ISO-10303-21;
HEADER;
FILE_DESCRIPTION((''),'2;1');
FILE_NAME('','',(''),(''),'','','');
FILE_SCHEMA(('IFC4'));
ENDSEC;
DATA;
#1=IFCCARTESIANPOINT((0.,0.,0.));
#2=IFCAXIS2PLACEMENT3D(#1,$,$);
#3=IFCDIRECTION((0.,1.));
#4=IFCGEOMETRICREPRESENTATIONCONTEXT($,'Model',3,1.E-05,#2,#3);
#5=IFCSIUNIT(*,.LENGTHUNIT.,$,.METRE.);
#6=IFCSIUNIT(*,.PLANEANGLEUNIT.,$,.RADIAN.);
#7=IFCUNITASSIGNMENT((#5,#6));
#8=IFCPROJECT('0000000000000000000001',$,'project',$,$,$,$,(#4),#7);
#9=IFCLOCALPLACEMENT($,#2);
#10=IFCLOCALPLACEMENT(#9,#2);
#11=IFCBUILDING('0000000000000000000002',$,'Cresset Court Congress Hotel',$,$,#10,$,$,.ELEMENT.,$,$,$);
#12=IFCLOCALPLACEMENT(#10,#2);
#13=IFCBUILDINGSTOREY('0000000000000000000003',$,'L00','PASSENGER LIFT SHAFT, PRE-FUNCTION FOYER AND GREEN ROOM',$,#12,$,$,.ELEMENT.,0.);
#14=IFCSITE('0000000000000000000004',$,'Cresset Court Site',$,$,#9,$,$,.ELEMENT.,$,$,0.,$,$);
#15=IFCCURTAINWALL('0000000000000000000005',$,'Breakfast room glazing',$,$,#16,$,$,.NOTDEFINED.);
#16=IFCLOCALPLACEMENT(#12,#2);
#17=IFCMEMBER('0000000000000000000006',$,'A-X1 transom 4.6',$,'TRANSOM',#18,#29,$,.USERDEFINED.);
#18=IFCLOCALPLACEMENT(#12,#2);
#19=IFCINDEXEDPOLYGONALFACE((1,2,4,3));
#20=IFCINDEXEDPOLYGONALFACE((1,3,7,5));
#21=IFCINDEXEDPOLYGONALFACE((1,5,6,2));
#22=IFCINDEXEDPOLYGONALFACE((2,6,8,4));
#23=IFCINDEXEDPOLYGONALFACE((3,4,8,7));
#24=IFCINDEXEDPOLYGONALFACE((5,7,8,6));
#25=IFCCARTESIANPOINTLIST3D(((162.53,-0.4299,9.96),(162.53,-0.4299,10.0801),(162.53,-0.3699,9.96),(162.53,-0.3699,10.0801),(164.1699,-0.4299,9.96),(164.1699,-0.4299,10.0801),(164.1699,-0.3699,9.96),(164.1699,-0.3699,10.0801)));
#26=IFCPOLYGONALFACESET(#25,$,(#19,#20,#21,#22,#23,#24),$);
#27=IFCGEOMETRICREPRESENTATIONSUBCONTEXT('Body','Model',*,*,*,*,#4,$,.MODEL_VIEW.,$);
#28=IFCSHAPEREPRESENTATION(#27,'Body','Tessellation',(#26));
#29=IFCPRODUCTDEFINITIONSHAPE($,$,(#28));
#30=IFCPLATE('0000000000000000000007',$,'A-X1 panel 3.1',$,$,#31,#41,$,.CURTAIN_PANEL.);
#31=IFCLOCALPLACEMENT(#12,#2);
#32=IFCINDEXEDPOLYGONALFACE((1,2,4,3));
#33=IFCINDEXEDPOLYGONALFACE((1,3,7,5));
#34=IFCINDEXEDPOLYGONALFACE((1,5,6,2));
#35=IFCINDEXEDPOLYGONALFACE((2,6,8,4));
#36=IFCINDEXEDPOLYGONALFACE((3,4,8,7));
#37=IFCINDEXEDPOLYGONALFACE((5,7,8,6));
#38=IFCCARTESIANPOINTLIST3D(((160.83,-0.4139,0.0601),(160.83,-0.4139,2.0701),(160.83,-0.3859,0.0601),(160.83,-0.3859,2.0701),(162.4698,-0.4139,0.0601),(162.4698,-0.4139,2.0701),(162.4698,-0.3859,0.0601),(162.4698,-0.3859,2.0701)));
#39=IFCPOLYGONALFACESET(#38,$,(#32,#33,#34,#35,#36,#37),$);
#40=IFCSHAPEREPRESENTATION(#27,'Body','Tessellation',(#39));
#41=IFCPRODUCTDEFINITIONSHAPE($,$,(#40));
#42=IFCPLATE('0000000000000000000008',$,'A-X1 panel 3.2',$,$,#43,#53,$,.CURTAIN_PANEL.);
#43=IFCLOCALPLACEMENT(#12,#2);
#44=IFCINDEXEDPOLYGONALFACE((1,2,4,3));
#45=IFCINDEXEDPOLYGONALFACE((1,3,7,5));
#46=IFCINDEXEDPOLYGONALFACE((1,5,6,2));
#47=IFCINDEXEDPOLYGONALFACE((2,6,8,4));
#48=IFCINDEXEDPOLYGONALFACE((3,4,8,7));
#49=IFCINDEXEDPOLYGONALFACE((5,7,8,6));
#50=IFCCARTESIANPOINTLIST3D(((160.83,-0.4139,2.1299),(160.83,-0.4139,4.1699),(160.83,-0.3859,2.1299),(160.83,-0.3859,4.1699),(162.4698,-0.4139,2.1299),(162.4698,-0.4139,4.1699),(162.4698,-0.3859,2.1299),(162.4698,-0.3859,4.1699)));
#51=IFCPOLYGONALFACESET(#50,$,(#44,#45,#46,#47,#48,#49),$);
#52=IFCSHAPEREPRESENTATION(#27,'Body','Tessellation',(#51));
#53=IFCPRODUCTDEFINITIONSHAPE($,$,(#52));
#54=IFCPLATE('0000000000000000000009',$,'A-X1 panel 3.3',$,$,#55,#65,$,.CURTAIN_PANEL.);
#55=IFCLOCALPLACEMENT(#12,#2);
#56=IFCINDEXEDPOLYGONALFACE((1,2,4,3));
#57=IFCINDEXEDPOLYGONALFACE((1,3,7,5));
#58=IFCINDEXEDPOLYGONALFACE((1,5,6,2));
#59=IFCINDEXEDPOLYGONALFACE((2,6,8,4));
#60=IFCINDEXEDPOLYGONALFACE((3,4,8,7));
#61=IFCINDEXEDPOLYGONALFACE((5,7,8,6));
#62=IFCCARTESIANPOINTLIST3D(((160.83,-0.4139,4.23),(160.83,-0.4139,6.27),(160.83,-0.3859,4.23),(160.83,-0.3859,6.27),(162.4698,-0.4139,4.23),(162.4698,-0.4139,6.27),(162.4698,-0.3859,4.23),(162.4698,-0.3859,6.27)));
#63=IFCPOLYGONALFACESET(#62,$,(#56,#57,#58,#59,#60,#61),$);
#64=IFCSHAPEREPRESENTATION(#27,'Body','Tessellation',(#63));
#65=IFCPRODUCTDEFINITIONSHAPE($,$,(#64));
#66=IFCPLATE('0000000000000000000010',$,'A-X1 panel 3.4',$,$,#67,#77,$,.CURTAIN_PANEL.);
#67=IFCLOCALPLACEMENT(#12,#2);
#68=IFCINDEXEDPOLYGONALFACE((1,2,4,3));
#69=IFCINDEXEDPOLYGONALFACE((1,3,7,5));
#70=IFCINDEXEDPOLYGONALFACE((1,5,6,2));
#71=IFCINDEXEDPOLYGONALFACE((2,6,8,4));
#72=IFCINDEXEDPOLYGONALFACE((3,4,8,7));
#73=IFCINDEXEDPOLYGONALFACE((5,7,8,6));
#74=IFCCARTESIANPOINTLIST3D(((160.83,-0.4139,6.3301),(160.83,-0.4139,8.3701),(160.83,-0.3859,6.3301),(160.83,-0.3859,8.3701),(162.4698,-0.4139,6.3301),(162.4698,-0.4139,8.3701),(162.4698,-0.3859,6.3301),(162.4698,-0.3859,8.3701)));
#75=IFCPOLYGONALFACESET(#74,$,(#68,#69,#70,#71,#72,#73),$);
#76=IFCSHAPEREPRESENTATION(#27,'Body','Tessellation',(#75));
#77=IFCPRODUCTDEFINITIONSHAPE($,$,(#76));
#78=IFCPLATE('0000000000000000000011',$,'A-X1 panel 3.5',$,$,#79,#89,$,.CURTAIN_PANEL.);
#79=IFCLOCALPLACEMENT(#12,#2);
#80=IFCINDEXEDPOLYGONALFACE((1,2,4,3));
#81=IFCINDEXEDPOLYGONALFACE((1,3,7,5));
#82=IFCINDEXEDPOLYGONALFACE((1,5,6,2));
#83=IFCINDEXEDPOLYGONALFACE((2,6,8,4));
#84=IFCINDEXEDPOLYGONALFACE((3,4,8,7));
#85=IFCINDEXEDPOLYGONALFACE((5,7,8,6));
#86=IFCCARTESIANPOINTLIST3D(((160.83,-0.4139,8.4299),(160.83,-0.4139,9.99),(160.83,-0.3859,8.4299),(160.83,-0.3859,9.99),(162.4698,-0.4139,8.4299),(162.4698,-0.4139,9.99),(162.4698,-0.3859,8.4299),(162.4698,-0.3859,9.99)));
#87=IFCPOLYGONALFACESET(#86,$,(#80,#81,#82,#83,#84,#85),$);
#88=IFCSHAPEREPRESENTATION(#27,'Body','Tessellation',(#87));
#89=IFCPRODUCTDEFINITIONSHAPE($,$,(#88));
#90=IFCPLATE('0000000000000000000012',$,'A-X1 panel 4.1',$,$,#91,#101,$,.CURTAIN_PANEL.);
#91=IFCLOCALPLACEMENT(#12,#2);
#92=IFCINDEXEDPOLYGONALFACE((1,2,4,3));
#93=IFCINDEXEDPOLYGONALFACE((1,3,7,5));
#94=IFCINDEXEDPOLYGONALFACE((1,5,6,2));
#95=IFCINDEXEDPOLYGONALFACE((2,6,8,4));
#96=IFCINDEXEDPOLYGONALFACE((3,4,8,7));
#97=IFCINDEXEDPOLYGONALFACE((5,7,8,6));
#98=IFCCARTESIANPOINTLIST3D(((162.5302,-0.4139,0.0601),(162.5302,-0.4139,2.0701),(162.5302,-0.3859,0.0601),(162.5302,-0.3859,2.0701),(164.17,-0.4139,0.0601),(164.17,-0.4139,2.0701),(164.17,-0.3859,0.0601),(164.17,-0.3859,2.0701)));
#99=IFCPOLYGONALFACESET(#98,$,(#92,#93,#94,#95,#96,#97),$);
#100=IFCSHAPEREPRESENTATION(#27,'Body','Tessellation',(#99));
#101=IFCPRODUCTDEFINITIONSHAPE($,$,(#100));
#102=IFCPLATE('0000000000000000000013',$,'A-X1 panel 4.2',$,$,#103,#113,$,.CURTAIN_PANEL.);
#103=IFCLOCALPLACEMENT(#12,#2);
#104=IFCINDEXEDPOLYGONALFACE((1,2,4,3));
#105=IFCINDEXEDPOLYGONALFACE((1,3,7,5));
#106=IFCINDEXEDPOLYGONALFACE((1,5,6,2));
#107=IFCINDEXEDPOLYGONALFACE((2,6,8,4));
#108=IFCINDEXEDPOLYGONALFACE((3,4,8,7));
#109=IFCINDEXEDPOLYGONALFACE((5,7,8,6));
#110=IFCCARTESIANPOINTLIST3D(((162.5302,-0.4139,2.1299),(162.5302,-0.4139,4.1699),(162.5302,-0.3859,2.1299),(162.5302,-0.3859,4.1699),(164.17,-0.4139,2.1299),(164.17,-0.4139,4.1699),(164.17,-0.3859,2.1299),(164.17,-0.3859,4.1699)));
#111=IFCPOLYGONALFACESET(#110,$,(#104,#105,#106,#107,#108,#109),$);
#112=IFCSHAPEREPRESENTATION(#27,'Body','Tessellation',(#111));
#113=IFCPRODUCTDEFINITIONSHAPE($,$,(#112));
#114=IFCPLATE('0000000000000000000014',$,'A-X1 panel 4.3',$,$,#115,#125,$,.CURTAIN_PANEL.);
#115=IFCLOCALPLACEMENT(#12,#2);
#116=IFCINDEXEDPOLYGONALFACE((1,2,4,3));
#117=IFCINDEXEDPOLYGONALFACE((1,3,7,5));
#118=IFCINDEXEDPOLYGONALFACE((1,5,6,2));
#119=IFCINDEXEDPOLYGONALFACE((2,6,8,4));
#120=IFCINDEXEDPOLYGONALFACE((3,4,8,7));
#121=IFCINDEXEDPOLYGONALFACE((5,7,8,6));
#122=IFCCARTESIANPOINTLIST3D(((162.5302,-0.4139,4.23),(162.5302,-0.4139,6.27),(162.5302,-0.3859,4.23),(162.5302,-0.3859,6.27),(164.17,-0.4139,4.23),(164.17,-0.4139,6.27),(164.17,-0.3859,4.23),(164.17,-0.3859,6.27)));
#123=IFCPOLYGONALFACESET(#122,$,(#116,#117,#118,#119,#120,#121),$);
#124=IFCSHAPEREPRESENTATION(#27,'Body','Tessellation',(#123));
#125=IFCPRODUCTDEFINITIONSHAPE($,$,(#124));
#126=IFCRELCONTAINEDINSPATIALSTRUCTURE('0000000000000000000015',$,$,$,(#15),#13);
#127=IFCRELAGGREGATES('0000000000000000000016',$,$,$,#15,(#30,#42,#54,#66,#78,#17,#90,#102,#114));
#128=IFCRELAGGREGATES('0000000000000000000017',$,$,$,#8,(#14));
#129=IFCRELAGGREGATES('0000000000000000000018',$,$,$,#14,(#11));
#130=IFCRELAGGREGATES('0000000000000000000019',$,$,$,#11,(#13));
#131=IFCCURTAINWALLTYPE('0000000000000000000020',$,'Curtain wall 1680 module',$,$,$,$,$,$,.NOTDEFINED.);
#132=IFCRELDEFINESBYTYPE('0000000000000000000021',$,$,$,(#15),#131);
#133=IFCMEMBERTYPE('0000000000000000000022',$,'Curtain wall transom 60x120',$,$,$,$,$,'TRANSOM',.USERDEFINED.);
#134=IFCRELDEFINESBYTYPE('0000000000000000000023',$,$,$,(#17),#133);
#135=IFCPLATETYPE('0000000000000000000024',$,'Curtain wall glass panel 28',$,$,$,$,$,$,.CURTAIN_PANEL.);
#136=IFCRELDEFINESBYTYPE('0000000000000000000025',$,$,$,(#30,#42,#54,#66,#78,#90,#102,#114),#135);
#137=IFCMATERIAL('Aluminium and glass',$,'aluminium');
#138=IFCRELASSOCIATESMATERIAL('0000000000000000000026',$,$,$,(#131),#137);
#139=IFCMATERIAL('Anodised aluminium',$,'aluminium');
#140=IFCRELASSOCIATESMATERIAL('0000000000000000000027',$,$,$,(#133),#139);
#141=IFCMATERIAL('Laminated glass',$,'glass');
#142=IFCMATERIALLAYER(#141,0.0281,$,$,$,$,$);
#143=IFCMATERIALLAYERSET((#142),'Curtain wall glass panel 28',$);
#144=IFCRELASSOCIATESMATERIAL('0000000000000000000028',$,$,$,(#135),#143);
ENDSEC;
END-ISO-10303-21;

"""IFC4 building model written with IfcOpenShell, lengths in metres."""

from ifc_helpers import new_model, si_unit, direction, frame, origin, origin_2d, place, context, subcontext, project, spatial, rectangle, extrude, material, layer, layer_set, material_profile, profile_set, type_object, element, aggregate, save


model = new_model("IFC4")

# Units and contexts
model_context = context("Model", 3, precision=1e-05, world=origin(), true_north=direction((0.0, 1.0)))
body_context = subcontext(model_context, "Body", "Model", "MODEL_VIEW")
ifc_project = project(units=[si_unit("LENGTHUNIT", "METRE"), si_unit("PLANEANGLEUNIT", "RADIAN")], contexts=[model_context])

# Site, building, storey
site_placement = place(None, origin())
site = spatial("IfcSite", under=ifc_project, at=site_placement, Name="Cresset Court Site", CompositionType="ELEMENT", RefElevation=0.0)
building_placement = place(site_placement, origin())
building = spatial("IfcBuilding", under=site, at=building_placement, Name="Cresset Court Congress Hotel", CompositionType="ELEMENT")
storey_placement = place(building_placement, origin())
storey = spatial("IfcBuildingStorey", under=building, at=storey_placement, Name="L00", Description="PASSENGER LIFT SHAFT, PRE-FUNCTION FOYER AND GREEN ROOM", CompositionType="ELEMENT", Elevation=0.0)

# Curtain wall, member, plates
ifc_material_1 = material(Name="Aluminium and glass", Category="aluminium")
curtain_wall_type = type_object("IfcCurtainWallType", Name="Curtain wall 1680 module", PredefinedType="NOTDEFINED", material=ifc_material_1)
curtain_wall_placement = place(storey_placement, origin())
curtain_wall = element("IfcCurtainWall", 1, at=curtain_wall_placement, inside=storey, type_object=curtain_wall_type, Name="Breakfast room glazing", PredefinedType="NOTDEFINED")
ifc_material_2 = material(Name="Anodised aluminium", Category="aluminium")
ifc_material_profile_1 = material_profile(ifc_material_2, rectangle(XDim=0.0601, YDim=0.1201, at=origin_2d()), Name="AL60x120")
ifc_profile_set_1 = profile_set([ifc_material_profile_1], Name="Anodised aluminium")
member_type_1 = type_object("IfcMemberType", Name="Curtain wall transom 60x120", ElementType="TRANSOM", PredefinedType="USERDEFINED", material=ifc_profile_set_1)
member_1_placement = place(storey_placement, frame((162.53, -0.3999, 10.02), z_axis=(1.0, 0.0, 0.0), x_axis=(0.0, 1.0, 0.0)))
member_1 = element("IfcMember", 2, at=member_1_placement, type_object=member_type_1, Name="A-X1 transom 4.6", ObjectType="TRANSOM", PredefinedType="USERDEFINED", context=body_context, shape_type="SweptSolid", body=[
    extrude(rectangle(XDim=0.0601, YDim=0.1201, at=origin_2d()), origin(), (0.0, 0.0, 1.0), 1.6399),
])
ifc_material_3 = material(Name="Laminated glass", Category="glass")
ifc_layer = layer(ifc_material_3, 0.0281)
ifc_layer_set = layer_set([ifc_layer], Name="Curtain wall glass panel 28")
plate_type = type_object("IfcPlateType", Name="Curtain wall glass panel 28", PredefinedType="CURTAIN_PANEL", material=ifc_layer_set)
plate_1_placement = place(storey_placement, frame((161.6499, -0.3999, 0.0601), z_axis=(0.0, 0.0, 1.0), x_axis=(1.0, 0.0, 0.0)))
plate_1 = element("IfcPlate", 3, at=plate_1_placement, type_object=plate_type, Name="A-X1 panel 3.1", PredefinedType="CURTAIN_PANEL", context=body_context, shape_type="SweptSolid", body=[
    extrude(rectangle(XDim=1.6399, YDim=0.0281, at=origin_2d()), origin(), (0.0, 0.0, 1.0), 2.01),
])
plate_2_placement = place(storey_placement, frame((161.6499, -0.3999, 2.1299), z_axis=(0.0, 0.0, 1.0), x_axis=(1.0, 0.0, 0.0)))
plate_2 = element("IfcPlate", 4, at=plate_2_placement, type_object=plate_type, Name="A-X1 panel 3.2", PredefinedType="CURTAIN_PANEL", context=body_context, shape_type="SweptSolid", body=[
    extrude(rectangle(XDim=1.6399, YDim=0.0281, at=origin_2d()), origin(), (0.0, 0.0, 1.0), 2.04),
])
plate_3_placement = place(storey_placement, frame((161.6499, -0.3999, 4.23), z_axis=(0.0, 0.0, 1.0), x_axis=(1.0, 0.0, 0.0)))
plate_3 = element("IfcPlate", 5, at=plate_3_placement, type_object=plate_type, Name="A-X1 panel 3.3", PredefinedType="CURTAIN_PANEL", context=body_context, shape_type="SweptSolid", body=[
    extrude(rectangle(XDim=1.6399, YDim=0.0281, at=origin_2d()), origin(), (0.0, 0.0, 1.0), 2.04),
])
plate_4_placement = place(storey_placement, frame((161.6499, -0.3999, 6.3301), z_axis=(0.0, 0.0, 1.0), x_axis=(1.0, 0.0, 0.0)))
plate_4 = element("IfcPlate", 6, at=plate_4_placement, type_object=plate_type, Name="A-X1 panel 3.4", PredefinedType="CURTAIN_PANEL", context=body_context, shape_type="SweptSolid", body=[
    extrude(rectangle(XDim=1.6399, YDim=0.0281, at=origin_2d()), origin(), (0.0, 0.0, 1.0), 2.04),
])
plate_5_placement = place(storey_placement, frame((161.6499, -0.3999, 8.4299), z_axis=(0.0, 0.0, 1.0), x_axis=(1.0, 0.0, 0.0)))
plate_5 = element("IfcPlate", 7, at=plate_5_placement, type_object=plate_type, Name="A-X1 panel 3.5", PredefinedType="CURTAIN_PANEL", context=body_context, shape_type="SweptSolid", body=[
    extrude(rectangle(XDim=1.6399, YDim=0.0281, at=origin_2d()), origin(), (0.0, 0.0, 1.0), 1.5601),
])
plate_6_placement = place(storey_placement, frame((163.3501, -0.3999, 0.0601), z_axis=(0.0, 0.0, 1.0), x_axis=(1.0, 0.0, 0.0)))
plate_6 = element("IfcPlate", 8, at=plate_6_placement, type_object=plate_type, Name="A-X1 panel 4.1", PredefinedType="CURTAIN_PANEL", context=body_context, shape_type="SweptSolid", body=[
    extrude(rectangle(XDim=1.6399, YDim=0.0281, at=origin_2d()), origin(), (0.0, 0.0, 1.0), 2.01),
])
plate_7_placement = place(storey_placement, frame((163.3501, -0.3999, 2.1299), z_axis=(0.0, 0.0, 1.0), x_axis=(1.0, 0.0, 0.0)))
plate_7 = element("IfcPlate", 9, at=plate_7_placement, type_object=plate_type, Name="A-X1 panel 4.2", PredefinedType="CURTAIN_PANEL", context=body_context, shape_type="SweptSolid", body=[
    extrude(rectangle(XDim=1.6399, YDim=0.0281, at=origin_2d()), origin(), (0.0, 0.0, 1.0), 2.04),
])
plate_8_placement = place(storey_placement, frame((163.3501, -0.3999, 4.23), z_axis=(0.0, 0.0, 1.0), x_axis=(1.0, 0.0, 0.0)))
plate_8 = element("IfcPlate", 10, at=plate_8_placement, type_object=plate_type, Name="A-X1 panel 4.3", PredefinedType="CURTAIN_PANEL", context=body_context, shape_type="SweptSolid", body=[
    extrude(rectangle(XDim=1.6399, YDim=0.0281, at=origin_2d()), origin(), (0.0, 0.0, 1.0), 2.04),
])
aggregate(curtain_wall, [plate_1, plate_2, plate_3, plate_4, plate_5, member_1, plate_6, plate_7, plate_8])

save(model, "model.ifc")
